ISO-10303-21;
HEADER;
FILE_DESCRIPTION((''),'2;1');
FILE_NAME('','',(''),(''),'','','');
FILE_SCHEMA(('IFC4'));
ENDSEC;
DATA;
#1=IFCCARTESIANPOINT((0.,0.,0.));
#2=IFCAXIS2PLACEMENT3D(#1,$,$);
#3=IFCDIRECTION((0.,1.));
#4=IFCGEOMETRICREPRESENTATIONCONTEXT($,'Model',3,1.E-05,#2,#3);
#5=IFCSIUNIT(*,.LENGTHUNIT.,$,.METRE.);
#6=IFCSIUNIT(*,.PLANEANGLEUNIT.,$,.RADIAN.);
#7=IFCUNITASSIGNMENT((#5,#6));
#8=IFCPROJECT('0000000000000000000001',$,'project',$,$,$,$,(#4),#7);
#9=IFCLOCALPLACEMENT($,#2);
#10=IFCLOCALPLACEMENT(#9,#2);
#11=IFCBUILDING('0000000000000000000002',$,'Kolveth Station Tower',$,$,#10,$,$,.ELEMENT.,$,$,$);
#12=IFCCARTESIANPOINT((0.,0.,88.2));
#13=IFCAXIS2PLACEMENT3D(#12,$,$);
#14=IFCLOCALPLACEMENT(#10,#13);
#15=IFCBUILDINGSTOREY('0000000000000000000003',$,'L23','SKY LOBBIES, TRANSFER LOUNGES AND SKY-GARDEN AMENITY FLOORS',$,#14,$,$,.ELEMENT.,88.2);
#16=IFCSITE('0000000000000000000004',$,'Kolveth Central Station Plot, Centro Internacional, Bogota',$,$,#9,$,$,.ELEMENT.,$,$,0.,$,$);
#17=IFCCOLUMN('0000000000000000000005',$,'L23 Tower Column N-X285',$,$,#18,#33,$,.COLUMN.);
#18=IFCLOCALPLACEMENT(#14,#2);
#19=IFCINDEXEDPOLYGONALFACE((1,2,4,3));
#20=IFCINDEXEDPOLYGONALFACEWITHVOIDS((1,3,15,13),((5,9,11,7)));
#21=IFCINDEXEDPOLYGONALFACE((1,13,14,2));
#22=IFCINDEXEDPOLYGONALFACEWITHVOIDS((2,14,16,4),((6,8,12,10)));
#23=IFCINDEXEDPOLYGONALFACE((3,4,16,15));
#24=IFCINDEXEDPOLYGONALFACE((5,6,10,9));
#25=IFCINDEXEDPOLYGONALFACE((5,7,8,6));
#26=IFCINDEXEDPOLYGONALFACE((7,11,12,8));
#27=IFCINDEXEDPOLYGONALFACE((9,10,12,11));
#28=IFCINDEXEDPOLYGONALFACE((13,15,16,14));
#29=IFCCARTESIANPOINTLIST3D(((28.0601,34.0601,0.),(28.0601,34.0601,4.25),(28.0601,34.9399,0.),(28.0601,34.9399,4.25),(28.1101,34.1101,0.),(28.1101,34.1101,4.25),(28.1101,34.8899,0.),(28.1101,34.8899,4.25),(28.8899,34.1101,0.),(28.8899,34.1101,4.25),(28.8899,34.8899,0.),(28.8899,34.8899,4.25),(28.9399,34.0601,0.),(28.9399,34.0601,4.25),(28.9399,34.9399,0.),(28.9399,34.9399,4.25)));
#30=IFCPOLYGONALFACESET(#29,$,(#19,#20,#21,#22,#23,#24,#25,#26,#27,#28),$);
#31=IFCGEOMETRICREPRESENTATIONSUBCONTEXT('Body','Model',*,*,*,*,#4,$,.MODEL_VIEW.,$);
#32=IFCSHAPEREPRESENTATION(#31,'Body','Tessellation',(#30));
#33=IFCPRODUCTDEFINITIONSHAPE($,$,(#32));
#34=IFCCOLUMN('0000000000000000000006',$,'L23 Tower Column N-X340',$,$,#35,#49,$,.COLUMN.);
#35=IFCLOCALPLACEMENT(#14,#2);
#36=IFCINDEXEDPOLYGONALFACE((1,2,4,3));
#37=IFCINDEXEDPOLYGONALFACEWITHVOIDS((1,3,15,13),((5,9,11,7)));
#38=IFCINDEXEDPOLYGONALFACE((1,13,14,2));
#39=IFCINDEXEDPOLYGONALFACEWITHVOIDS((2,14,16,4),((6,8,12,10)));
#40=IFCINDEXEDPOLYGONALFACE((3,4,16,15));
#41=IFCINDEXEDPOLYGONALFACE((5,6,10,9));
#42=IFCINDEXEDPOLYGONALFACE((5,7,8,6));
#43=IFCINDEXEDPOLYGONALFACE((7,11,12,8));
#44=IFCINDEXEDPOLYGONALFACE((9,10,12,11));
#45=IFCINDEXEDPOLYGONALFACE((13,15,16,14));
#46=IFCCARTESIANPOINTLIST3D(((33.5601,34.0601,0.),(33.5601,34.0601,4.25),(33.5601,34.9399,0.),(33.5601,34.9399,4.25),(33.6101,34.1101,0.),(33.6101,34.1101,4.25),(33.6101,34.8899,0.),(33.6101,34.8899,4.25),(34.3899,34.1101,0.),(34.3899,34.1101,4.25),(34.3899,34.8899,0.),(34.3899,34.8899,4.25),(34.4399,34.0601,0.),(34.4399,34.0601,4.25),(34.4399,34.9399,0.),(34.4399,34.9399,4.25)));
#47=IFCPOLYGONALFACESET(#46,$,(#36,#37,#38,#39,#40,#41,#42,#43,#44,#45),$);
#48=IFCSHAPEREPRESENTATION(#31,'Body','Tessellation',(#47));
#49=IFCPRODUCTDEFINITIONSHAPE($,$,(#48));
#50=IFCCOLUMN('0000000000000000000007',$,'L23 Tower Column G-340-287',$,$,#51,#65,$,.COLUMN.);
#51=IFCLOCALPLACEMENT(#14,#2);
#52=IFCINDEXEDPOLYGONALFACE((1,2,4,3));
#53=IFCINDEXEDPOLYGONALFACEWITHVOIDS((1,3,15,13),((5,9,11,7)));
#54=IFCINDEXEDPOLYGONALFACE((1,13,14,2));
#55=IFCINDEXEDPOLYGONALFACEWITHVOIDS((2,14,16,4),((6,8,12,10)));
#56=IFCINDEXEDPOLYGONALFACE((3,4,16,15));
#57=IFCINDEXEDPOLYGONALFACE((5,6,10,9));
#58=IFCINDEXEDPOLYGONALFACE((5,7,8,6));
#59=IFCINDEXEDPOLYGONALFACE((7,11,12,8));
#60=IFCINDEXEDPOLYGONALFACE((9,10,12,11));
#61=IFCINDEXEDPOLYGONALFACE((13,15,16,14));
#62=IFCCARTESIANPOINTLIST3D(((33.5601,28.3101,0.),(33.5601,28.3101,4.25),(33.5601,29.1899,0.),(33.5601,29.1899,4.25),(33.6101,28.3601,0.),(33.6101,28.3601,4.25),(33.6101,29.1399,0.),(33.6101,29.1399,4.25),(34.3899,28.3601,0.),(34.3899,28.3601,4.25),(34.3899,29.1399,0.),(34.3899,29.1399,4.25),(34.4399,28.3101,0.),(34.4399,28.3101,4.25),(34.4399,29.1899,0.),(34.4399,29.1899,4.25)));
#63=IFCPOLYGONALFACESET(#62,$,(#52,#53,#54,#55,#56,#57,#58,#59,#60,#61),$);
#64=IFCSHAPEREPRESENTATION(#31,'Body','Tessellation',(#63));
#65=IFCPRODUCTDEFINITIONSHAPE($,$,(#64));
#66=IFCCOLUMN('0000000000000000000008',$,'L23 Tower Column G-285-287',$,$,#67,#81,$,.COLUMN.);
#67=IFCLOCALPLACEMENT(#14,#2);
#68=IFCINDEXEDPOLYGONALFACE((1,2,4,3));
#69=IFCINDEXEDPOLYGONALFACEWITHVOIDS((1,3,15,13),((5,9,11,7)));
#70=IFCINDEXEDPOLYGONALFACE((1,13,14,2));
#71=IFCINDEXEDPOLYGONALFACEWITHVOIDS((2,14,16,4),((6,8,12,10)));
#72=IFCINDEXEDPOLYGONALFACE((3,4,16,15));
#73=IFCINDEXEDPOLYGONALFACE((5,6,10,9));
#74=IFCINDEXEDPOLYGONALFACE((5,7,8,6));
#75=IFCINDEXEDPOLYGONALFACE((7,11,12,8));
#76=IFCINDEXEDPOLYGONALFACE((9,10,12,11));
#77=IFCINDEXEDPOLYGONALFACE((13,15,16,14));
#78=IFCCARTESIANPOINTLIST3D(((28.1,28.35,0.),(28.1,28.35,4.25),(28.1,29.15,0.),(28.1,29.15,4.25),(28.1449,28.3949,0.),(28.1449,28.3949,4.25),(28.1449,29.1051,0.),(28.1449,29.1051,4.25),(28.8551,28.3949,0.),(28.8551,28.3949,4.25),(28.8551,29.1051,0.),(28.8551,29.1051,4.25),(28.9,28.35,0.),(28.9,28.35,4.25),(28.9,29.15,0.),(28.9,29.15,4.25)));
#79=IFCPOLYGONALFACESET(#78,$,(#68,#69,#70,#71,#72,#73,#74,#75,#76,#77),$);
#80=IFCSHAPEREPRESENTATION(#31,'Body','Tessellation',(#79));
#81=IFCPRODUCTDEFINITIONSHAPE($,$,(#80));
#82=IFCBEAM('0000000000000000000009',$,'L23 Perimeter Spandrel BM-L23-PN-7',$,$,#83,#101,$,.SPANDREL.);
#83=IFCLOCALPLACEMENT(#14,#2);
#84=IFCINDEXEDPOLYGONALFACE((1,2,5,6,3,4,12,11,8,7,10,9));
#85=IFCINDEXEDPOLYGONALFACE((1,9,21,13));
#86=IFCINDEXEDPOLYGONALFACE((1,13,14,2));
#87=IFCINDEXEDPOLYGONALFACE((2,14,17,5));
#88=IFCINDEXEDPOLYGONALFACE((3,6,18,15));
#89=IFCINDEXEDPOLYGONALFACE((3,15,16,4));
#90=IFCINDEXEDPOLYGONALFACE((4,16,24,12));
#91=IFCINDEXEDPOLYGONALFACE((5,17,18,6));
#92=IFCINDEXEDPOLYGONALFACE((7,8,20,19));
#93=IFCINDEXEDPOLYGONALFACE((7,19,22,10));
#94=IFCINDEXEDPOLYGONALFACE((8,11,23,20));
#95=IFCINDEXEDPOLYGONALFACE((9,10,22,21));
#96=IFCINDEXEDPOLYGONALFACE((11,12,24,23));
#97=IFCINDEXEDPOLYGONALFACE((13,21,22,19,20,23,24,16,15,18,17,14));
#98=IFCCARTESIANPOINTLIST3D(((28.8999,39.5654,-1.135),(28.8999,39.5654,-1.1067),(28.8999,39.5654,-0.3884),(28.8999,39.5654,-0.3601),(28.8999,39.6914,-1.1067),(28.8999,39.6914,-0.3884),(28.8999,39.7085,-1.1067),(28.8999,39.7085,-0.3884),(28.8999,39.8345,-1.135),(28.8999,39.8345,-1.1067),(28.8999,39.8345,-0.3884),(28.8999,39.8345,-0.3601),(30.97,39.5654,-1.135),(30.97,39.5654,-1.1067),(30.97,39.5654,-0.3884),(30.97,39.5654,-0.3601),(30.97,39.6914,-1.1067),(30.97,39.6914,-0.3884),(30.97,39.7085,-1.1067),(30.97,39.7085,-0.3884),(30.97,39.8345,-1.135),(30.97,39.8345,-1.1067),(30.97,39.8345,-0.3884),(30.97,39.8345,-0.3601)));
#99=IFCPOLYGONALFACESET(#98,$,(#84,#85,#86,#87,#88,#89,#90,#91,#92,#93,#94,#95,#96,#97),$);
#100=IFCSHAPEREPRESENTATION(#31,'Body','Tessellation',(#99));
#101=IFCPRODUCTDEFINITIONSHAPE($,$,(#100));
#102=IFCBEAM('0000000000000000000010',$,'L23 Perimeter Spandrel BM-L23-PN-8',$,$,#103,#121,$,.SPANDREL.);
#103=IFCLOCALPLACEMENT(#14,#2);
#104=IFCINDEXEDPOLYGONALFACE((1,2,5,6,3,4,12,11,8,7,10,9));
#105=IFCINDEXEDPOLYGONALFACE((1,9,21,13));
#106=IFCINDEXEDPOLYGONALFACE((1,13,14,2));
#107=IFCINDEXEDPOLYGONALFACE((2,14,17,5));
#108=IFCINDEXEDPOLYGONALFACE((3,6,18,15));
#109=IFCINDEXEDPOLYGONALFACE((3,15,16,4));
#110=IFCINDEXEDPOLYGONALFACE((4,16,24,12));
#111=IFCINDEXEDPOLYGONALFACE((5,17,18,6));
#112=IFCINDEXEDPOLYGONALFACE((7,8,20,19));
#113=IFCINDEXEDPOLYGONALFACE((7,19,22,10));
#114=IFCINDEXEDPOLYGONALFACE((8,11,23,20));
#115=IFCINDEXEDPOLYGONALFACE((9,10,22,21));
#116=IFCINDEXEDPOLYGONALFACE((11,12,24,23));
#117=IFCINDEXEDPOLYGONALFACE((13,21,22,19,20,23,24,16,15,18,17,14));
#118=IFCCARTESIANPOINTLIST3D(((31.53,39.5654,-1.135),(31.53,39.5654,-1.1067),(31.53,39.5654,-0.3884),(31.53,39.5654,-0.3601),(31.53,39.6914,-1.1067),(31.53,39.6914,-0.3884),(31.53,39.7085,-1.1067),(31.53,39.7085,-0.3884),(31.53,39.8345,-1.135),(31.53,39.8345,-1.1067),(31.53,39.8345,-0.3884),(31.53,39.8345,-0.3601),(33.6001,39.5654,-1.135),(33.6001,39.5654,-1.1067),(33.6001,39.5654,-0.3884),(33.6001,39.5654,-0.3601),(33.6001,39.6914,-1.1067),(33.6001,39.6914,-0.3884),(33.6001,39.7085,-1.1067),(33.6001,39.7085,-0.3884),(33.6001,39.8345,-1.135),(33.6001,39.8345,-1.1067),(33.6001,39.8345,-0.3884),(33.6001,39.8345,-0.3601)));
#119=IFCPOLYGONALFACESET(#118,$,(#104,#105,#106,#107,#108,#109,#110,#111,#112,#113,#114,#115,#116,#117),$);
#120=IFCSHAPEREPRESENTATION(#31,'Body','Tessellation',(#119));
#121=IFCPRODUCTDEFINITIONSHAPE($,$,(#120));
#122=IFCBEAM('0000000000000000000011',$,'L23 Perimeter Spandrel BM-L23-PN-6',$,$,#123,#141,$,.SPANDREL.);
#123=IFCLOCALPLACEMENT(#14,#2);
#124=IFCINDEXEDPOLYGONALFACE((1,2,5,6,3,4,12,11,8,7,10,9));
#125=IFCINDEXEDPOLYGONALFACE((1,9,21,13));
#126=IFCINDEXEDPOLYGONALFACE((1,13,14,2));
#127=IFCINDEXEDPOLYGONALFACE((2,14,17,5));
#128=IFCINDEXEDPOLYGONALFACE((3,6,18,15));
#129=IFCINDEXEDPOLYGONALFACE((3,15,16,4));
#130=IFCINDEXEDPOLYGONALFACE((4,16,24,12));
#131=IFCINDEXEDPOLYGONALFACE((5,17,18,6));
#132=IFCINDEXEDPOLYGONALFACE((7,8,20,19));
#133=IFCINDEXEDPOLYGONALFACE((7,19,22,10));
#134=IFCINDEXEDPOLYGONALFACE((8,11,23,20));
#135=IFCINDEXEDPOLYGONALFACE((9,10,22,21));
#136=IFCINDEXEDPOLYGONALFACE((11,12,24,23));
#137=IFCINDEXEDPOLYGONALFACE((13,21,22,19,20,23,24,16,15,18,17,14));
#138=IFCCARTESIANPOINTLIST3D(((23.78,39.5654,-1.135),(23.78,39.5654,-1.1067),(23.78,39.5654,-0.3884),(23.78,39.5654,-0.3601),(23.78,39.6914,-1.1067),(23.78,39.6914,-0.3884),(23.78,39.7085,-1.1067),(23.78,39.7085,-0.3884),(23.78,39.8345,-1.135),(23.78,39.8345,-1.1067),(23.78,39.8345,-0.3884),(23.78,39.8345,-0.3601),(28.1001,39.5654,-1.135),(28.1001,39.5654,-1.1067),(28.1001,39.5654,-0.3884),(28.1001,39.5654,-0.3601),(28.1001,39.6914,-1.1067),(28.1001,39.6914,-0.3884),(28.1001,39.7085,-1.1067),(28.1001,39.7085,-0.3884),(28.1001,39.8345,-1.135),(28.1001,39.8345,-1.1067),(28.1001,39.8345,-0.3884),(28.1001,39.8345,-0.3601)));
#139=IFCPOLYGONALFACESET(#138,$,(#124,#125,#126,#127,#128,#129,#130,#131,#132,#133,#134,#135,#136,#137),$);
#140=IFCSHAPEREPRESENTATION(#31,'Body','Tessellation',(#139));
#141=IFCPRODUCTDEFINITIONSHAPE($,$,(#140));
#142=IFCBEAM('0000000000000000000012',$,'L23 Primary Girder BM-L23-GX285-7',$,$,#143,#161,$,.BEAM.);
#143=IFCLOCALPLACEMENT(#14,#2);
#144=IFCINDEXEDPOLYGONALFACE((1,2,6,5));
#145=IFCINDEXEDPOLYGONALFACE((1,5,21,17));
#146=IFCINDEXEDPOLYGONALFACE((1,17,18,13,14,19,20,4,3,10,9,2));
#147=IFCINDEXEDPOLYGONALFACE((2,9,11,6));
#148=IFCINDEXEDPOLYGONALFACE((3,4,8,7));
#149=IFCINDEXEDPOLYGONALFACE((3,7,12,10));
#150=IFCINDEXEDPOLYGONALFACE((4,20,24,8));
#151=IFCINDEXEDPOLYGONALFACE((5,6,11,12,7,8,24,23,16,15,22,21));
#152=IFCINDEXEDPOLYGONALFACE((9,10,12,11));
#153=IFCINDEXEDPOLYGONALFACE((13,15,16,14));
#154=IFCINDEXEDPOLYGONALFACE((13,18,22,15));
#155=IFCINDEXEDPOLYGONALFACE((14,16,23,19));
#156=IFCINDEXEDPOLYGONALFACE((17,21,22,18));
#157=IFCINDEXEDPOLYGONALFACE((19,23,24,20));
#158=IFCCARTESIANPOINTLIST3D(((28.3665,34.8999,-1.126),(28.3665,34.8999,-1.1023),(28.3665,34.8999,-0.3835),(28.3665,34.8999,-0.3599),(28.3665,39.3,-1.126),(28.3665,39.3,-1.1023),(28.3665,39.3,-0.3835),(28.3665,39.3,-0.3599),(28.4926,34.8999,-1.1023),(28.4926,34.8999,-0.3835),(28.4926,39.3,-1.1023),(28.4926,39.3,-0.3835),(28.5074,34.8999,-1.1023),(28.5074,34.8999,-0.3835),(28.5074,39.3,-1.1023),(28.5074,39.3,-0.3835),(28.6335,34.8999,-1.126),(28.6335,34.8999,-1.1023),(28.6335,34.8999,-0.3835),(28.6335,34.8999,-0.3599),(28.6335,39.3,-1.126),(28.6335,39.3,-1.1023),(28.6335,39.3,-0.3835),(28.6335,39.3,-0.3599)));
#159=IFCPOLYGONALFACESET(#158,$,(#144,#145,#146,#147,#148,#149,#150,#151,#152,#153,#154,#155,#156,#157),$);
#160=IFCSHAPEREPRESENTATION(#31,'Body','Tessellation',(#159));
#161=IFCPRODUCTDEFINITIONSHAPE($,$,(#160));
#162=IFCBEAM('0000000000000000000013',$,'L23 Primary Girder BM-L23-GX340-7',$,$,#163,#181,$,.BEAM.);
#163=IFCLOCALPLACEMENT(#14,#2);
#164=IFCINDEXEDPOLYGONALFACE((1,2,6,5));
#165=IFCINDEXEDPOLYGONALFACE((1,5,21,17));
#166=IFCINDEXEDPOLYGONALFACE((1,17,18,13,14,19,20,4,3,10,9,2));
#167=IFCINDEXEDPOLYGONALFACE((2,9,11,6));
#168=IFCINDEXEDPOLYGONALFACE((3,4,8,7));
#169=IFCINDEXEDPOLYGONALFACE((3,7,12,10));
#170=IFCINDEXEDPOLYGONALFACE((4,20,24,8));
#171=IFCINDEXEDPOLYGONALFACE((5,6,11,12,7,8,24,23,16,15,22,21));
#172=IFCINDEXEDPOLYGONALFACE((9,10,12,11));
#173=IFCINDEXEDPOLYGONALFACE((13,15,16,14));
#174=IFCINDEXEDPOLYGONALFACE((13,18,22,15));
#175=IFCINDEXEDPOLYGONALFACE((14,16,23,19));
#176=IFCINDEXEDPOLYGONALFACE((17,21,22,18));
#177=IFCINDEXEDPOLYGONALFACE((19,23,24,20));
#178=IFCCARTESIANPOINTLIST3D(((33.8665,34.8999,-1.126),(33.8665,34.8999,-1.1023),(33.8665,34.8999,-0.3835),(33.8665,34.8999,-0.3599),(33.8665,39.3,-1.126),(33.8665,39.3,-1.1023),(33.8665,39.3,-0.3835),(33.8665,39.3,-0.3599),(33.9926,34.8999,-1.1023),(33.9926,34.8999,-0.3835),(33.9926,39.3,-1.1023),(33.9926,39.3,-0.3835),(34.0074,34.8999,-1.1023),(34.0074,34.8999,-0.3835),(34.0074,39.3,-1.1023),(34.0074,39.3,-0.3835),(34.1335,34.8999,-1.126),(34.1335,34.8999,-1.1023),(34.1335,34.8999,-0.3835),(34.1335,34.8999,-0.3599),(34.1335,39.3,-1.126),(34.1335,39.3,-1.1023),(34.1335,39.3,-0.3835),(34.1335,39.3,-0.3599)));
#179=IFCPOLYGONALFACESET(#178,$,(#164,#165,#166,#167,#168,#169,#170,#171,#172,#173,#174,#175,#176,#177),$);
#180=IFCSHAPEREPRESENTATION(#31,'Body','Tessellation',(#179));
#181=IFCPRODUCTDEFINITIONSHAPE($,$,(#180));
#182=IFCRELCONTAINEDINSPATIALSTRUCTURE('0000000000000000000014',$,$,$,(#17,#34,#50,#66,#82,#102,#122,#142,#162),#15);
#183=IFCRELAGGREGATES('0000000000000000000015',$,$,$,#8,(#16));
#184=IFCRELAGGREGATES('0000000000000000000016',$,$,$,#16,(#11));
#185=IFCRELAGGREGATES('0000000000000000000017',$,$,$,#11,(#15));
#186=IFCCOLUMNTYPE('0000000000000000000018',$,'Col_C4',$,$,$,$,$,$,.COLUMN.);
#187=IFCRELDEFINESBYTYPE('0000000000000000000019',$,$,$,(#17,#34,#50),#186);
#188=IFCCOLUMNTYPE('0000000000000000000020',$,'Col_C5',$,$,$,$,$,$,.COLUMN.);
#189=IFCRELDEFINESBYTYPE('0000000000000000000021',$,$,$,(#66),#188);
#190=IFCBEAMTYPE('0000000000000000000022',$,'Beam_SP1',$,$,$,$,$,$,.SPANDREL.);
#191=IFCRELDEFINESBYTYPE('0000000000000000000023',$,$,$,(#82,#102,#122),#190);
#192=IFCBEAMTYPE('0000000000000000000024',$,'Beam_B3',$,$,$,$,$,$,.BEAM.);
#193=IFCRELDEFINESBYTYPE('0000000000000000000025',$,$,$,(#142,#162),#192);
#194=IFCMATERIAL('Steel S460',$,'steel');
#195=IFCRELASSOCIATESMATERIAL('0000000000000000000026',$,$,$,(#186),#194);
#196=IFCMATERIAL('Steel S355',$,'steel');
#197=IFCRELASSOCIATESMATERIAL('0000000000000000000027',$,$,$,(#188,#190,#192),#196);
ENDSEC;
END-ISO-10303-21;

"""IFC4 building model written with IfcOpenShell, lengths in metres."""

from ifc_helpers import new_model, si_unit, direction, frame, origin, origin_2d, place, context, subcontext, project, spatial, hollow_rectangle, i_section, extrude, source, transform, mapped, material, material_profile, profile_set, type_object, element, save


model = new_model("IFC4")

# Units and contexts
model_context = context("Model", 3, precision=1e-05, world=origin(), true_north=direction((0.0, 1.0)))
body_context = subcontext(model_context, "Body", "Model", "MODEL_VIEW")
ifc_project = project(units=[si_unit("LENGTHUNIT", "METRE"), si_unit("PLANEANGLEUNIT", "RADIAN")], contexts=[model_context])

# Site, building, storey
site_placement = place(None, origin())
site = spatial("IfcSite", under=ifc_project, at=site_placement, Name="Kolveth Central Station Plot, Centro Internacional, Bogota", CompositionType="ELEMENT", RefElevation=0.0)
building_placement = place(site_placement, origin())
building = spatial("IfcBuilding", under=site, at=building_placement, Name="Kolveth Station Tower", CompositionType="ELEMENT")
storey_placement = place(building_placement, frame((0.0, 0.0, 88.2)))
storey = spatial("IfcBuildingStorey", under=building, at=storey_placement, Name="L23", Description="SKY LOBBIES, TRANSFER LOUNGES AND SKY-GARDEN AMENITY FLOORS", CompositionType="ELEMENT", Elevation=88.2)

# Columns
ifc_material_1 = material(Name="Steel S460", Category="steel")
ifc_material_profile_1 = material_profile(ifc_material_1, hollow_rectangle(XDim=0.8799, YDim=0.8799, WallThickness=0.05, at=origin_2d()), Name="BOX880x880x50")
ifc_profile_set_1 = profile_set([ifc_material_profile_1], Name="Steel S460")
column_type_1 = type_object("IfcColumnType", Name="Col_C4", PredefinedType="COLUMN", material=ifc_profile_set_1)
shared_shape_1 = source(origin(), body_context, "Body", "SweptSolid", [
    extrude(hollow_rectangle(XDim=0.8799, YDim=0.8799, WallThickness=0.05, at=origin_2d()), origin(), (0.0, 0.0, 1.0), 4.25),
])
for number, where, z_axis, x_axis, name in (
    (1, (28.5, 34.5, 0.0), (0.0, 0.0, 1.0), (1.0, 0.0, 0.0), "L23 Tower Column N-X285"),
    (2, (34.0, 34.5, 0.0), (0.0, 0.0, 1.0), (1.0, 0.0, 0.0), "L23 Tower Column N-X340"),
    (3, (34.0, 28.75, 0.0), (0.0, 0.0, 1.0), (1.0, 0.0, 0.0), "L23 Tower Column G-340-287"),
):
    element("IfcColumn", number, at=place(storey_placement, frame(where, z_axis=z_axis, x_axis=x_axis)), inside=storey, type_object=column_type_1, Name=name, PredefinedType="COLUMN", context=body_context, shape_type="MappedRepresentation", body=[
        mapped(shared_shape_1, transform((0.0, 0.0, 0.0), x_axis=(1.0, 0.0, 0.0), y_axis=(0.0, 1.0, 0.0), z_axis=(0.0, 0.0, 1.0), scale=1.0)),
    ])
ifc_material_2 = material(Name="Steel S355", Category="steel")
ifc_material_profile_2 = material_profile(ifc_material_2, hollow_rectangle(XDim=0.8, YDim=0.8, WallThickness=0.0449, at=origin_2d()), Name="BOX800x800x45")
ifc_profile_set_2 = profile_set([ifc_material_profile_2], Name="Steel S355")
column_type_2 = type_object("IfcColumnType", Name="Col_C5", PredefinedType="COLUMN", material=ifc_profile_set_2)
shared_shape_2 = source(origin(), body_context, "Body", "SweptSolid", [
    extrude(hollow_rectangle(XDim=0.8, YDim=0.8, WallThickness=0.0449, at=origin_2d()), origin(), (0.0, 0.0, 1.0), 4.25),
])
column_placement = place(storey_placement, frame((28.5, 28.75, 0.0), z_axis=(0.0, 0.0, 1.0), x_axis=(1.0, 0.0, 0.0)))
element("IfcColumn", 4, at=column_placement, inside=storey, type_object=column_type_2, Name="L23 Tower Column G-285-287", PredefinedType="COLUMN", context=body_context, shape_type="MappedRepresentation", body=[
    mapped(shared_shape_2, transform((0.0, 0.0, 0.0), x_axis=(1.0, 0.0, 0.0), y_axis=(0.0, 1.0, 0.0), z_axis=(0.0, 0.0, 1.0), scale=1.0)),
])

# Beams
ifc_material_profile_3 = material_profile(ifc_material_2, i_section(OverallWidth=0.269, OverallDepth=0.7749, WebThickness=0.0171, FlangeThickness=0.0283, at=origin_2d()), Name="W760x220")
ifc_profile_set_3 = profile_set([ifc_material_profile_3], Name="Steel S355")
beam_type_1 = type_object("IfcBeamType", Name="Beam_SP1", PredefinedType="SPANDREL", material=ifc_profile_set_3)
shared_shape_3 = source(origin(), body_context, "Body", "SweptSolid", [
    extrude(i_section(OverallWidth=0.269, OverallDepth=0.7749, WebThickness=0.0171, FlangeThickness=0.0283, at=origin_2d()), origin(), (0.0, 0.0, 1.0), 2.0701),
])
for number, where, z_axis, x_axis, name in (
    (5, (28.8999, 39.7, -0.7476), (1.0, 0.0, 0.0), (0.0, 1.0, 0.0), "L23 Perimeter Spandrel BM-L23-PN-7"),
    (6, (31.53, 39.7, -0.7476), (1.0, 0.0, 0.0), (0.0, 1.0, 0.0), "L23 Perimeter Spandrel BM-L23-PN-8"),
):
    element("IfcBeam", number, at=place(storey_placement, frame(where, z_axis=z_axis, x_axis=x_axis)), inside=storey, type_object=beam_type_1, Name=name, PredefinedType="SPANDREL", context=body_context, shape_type="MappedRepresentation", body=[
        mapped(shared_shape_3, transform((0.0, 0.0, 0.0), x_axis=(1.0, 0.0, 0.0), y_axis=(0.0, 1.0, 0.0), z_axis=(0.0, 0.0, 1.0), scale=1.0)),
    ])
shared_shape_4 = source(origin(), body_context, "Body", "SweptSolid", [
    extrude(i_section(OverallWidth=0.269, OverallDepth=0.7749, WebThickness=0.0171, FlangeThickness=0.0283, at=origin_2d()), origin(), (0.0, 0.0, 1.0), 4.3201),
])
beam_1_placement = place(storey_placement, frame((23.78, 39.7, -0.7476), z_axis=(1.0, 0.0, 0.0), x_axis=(0.0, 1.0, 0.0)))
element("IfcBeam", 7, at=beam_1_placement, inside=storey, type_object=beam_type_1, Name="L23 Perimeter Spandrel BM-L23-PN-6", PredefinedType="SPANDREL", context=body_context, shape_type="MappedRepresentation", body=[
    mapped(shared_shape_4, transform((0.0, 0.0, 0.0), x_axis=(1.0, 0.0, 0.0), y_axis=(0.0, 1.0, 0.0), z_axis=(0.0, 0.0, 1.0), scale=1.0)),
])
ifc_material_profile_4 = material_profile(ifc_material_2, i_section(OverallWidth=0.2671, OverallDepth=0.7661, WebThickness=0.0149, FlangeThickness=0.0237, at=origin_2d()), Name="W760x185")
ifc_profile_set_4 = profile_set([ifc_material_profile_4], Name="Steel S355")
beam_type_2 = type_object("IfcBeamType", Name="Beam_B3", PredefinedType="BEAM", material=ifc_profile_set_4)
shared_shape_5 = source(origin(), body_context, "Body", "SweptSolid", [
    extrude(i_section(OverallWidth=0.2671, OverallDepth=0.7661, WebThickness=0.0149, FlangeThickness=0.0237, at=origin_2d()), origin(), (0.0, 0.0, 1.0), 4.4001),
])
for number, where, z_axis, x_axis, name in (
    (8, (28.5, 34.8999, -0.7429), (0.0, 1.0, 0.0), (-1.0, 0.0, 0.0), "L23 Primary Girder BM-L23-GX285-7"),
    (9, (34.0, 34.8999, -0.7429), (0.0, 1.0, 0.0), (-1.0, 0.0, 0.0), "L23 Primary Girder BM-L23-GX340-7"),
):
    element("IfcBeam", number, at=place(storey_placement, frame(where, z_axis=z_axis, x_axis=x_axis)), inside=storey, type_object=beam_type_2, Name=name, PredefinedType="BEAM", context=body_context, shape_type="MappedRepresentation", body=[
        mapped(shared_shape_5, transform((0.0, 0.0, 0.0), x_axis=(1.0, 0.0, 0.0), y_axis=(0.0, 1.0, 0.0), z_axis=(0.0, 0.0, 1.0), scale=1.0)),
    ])

save(model, "model.ifc")
